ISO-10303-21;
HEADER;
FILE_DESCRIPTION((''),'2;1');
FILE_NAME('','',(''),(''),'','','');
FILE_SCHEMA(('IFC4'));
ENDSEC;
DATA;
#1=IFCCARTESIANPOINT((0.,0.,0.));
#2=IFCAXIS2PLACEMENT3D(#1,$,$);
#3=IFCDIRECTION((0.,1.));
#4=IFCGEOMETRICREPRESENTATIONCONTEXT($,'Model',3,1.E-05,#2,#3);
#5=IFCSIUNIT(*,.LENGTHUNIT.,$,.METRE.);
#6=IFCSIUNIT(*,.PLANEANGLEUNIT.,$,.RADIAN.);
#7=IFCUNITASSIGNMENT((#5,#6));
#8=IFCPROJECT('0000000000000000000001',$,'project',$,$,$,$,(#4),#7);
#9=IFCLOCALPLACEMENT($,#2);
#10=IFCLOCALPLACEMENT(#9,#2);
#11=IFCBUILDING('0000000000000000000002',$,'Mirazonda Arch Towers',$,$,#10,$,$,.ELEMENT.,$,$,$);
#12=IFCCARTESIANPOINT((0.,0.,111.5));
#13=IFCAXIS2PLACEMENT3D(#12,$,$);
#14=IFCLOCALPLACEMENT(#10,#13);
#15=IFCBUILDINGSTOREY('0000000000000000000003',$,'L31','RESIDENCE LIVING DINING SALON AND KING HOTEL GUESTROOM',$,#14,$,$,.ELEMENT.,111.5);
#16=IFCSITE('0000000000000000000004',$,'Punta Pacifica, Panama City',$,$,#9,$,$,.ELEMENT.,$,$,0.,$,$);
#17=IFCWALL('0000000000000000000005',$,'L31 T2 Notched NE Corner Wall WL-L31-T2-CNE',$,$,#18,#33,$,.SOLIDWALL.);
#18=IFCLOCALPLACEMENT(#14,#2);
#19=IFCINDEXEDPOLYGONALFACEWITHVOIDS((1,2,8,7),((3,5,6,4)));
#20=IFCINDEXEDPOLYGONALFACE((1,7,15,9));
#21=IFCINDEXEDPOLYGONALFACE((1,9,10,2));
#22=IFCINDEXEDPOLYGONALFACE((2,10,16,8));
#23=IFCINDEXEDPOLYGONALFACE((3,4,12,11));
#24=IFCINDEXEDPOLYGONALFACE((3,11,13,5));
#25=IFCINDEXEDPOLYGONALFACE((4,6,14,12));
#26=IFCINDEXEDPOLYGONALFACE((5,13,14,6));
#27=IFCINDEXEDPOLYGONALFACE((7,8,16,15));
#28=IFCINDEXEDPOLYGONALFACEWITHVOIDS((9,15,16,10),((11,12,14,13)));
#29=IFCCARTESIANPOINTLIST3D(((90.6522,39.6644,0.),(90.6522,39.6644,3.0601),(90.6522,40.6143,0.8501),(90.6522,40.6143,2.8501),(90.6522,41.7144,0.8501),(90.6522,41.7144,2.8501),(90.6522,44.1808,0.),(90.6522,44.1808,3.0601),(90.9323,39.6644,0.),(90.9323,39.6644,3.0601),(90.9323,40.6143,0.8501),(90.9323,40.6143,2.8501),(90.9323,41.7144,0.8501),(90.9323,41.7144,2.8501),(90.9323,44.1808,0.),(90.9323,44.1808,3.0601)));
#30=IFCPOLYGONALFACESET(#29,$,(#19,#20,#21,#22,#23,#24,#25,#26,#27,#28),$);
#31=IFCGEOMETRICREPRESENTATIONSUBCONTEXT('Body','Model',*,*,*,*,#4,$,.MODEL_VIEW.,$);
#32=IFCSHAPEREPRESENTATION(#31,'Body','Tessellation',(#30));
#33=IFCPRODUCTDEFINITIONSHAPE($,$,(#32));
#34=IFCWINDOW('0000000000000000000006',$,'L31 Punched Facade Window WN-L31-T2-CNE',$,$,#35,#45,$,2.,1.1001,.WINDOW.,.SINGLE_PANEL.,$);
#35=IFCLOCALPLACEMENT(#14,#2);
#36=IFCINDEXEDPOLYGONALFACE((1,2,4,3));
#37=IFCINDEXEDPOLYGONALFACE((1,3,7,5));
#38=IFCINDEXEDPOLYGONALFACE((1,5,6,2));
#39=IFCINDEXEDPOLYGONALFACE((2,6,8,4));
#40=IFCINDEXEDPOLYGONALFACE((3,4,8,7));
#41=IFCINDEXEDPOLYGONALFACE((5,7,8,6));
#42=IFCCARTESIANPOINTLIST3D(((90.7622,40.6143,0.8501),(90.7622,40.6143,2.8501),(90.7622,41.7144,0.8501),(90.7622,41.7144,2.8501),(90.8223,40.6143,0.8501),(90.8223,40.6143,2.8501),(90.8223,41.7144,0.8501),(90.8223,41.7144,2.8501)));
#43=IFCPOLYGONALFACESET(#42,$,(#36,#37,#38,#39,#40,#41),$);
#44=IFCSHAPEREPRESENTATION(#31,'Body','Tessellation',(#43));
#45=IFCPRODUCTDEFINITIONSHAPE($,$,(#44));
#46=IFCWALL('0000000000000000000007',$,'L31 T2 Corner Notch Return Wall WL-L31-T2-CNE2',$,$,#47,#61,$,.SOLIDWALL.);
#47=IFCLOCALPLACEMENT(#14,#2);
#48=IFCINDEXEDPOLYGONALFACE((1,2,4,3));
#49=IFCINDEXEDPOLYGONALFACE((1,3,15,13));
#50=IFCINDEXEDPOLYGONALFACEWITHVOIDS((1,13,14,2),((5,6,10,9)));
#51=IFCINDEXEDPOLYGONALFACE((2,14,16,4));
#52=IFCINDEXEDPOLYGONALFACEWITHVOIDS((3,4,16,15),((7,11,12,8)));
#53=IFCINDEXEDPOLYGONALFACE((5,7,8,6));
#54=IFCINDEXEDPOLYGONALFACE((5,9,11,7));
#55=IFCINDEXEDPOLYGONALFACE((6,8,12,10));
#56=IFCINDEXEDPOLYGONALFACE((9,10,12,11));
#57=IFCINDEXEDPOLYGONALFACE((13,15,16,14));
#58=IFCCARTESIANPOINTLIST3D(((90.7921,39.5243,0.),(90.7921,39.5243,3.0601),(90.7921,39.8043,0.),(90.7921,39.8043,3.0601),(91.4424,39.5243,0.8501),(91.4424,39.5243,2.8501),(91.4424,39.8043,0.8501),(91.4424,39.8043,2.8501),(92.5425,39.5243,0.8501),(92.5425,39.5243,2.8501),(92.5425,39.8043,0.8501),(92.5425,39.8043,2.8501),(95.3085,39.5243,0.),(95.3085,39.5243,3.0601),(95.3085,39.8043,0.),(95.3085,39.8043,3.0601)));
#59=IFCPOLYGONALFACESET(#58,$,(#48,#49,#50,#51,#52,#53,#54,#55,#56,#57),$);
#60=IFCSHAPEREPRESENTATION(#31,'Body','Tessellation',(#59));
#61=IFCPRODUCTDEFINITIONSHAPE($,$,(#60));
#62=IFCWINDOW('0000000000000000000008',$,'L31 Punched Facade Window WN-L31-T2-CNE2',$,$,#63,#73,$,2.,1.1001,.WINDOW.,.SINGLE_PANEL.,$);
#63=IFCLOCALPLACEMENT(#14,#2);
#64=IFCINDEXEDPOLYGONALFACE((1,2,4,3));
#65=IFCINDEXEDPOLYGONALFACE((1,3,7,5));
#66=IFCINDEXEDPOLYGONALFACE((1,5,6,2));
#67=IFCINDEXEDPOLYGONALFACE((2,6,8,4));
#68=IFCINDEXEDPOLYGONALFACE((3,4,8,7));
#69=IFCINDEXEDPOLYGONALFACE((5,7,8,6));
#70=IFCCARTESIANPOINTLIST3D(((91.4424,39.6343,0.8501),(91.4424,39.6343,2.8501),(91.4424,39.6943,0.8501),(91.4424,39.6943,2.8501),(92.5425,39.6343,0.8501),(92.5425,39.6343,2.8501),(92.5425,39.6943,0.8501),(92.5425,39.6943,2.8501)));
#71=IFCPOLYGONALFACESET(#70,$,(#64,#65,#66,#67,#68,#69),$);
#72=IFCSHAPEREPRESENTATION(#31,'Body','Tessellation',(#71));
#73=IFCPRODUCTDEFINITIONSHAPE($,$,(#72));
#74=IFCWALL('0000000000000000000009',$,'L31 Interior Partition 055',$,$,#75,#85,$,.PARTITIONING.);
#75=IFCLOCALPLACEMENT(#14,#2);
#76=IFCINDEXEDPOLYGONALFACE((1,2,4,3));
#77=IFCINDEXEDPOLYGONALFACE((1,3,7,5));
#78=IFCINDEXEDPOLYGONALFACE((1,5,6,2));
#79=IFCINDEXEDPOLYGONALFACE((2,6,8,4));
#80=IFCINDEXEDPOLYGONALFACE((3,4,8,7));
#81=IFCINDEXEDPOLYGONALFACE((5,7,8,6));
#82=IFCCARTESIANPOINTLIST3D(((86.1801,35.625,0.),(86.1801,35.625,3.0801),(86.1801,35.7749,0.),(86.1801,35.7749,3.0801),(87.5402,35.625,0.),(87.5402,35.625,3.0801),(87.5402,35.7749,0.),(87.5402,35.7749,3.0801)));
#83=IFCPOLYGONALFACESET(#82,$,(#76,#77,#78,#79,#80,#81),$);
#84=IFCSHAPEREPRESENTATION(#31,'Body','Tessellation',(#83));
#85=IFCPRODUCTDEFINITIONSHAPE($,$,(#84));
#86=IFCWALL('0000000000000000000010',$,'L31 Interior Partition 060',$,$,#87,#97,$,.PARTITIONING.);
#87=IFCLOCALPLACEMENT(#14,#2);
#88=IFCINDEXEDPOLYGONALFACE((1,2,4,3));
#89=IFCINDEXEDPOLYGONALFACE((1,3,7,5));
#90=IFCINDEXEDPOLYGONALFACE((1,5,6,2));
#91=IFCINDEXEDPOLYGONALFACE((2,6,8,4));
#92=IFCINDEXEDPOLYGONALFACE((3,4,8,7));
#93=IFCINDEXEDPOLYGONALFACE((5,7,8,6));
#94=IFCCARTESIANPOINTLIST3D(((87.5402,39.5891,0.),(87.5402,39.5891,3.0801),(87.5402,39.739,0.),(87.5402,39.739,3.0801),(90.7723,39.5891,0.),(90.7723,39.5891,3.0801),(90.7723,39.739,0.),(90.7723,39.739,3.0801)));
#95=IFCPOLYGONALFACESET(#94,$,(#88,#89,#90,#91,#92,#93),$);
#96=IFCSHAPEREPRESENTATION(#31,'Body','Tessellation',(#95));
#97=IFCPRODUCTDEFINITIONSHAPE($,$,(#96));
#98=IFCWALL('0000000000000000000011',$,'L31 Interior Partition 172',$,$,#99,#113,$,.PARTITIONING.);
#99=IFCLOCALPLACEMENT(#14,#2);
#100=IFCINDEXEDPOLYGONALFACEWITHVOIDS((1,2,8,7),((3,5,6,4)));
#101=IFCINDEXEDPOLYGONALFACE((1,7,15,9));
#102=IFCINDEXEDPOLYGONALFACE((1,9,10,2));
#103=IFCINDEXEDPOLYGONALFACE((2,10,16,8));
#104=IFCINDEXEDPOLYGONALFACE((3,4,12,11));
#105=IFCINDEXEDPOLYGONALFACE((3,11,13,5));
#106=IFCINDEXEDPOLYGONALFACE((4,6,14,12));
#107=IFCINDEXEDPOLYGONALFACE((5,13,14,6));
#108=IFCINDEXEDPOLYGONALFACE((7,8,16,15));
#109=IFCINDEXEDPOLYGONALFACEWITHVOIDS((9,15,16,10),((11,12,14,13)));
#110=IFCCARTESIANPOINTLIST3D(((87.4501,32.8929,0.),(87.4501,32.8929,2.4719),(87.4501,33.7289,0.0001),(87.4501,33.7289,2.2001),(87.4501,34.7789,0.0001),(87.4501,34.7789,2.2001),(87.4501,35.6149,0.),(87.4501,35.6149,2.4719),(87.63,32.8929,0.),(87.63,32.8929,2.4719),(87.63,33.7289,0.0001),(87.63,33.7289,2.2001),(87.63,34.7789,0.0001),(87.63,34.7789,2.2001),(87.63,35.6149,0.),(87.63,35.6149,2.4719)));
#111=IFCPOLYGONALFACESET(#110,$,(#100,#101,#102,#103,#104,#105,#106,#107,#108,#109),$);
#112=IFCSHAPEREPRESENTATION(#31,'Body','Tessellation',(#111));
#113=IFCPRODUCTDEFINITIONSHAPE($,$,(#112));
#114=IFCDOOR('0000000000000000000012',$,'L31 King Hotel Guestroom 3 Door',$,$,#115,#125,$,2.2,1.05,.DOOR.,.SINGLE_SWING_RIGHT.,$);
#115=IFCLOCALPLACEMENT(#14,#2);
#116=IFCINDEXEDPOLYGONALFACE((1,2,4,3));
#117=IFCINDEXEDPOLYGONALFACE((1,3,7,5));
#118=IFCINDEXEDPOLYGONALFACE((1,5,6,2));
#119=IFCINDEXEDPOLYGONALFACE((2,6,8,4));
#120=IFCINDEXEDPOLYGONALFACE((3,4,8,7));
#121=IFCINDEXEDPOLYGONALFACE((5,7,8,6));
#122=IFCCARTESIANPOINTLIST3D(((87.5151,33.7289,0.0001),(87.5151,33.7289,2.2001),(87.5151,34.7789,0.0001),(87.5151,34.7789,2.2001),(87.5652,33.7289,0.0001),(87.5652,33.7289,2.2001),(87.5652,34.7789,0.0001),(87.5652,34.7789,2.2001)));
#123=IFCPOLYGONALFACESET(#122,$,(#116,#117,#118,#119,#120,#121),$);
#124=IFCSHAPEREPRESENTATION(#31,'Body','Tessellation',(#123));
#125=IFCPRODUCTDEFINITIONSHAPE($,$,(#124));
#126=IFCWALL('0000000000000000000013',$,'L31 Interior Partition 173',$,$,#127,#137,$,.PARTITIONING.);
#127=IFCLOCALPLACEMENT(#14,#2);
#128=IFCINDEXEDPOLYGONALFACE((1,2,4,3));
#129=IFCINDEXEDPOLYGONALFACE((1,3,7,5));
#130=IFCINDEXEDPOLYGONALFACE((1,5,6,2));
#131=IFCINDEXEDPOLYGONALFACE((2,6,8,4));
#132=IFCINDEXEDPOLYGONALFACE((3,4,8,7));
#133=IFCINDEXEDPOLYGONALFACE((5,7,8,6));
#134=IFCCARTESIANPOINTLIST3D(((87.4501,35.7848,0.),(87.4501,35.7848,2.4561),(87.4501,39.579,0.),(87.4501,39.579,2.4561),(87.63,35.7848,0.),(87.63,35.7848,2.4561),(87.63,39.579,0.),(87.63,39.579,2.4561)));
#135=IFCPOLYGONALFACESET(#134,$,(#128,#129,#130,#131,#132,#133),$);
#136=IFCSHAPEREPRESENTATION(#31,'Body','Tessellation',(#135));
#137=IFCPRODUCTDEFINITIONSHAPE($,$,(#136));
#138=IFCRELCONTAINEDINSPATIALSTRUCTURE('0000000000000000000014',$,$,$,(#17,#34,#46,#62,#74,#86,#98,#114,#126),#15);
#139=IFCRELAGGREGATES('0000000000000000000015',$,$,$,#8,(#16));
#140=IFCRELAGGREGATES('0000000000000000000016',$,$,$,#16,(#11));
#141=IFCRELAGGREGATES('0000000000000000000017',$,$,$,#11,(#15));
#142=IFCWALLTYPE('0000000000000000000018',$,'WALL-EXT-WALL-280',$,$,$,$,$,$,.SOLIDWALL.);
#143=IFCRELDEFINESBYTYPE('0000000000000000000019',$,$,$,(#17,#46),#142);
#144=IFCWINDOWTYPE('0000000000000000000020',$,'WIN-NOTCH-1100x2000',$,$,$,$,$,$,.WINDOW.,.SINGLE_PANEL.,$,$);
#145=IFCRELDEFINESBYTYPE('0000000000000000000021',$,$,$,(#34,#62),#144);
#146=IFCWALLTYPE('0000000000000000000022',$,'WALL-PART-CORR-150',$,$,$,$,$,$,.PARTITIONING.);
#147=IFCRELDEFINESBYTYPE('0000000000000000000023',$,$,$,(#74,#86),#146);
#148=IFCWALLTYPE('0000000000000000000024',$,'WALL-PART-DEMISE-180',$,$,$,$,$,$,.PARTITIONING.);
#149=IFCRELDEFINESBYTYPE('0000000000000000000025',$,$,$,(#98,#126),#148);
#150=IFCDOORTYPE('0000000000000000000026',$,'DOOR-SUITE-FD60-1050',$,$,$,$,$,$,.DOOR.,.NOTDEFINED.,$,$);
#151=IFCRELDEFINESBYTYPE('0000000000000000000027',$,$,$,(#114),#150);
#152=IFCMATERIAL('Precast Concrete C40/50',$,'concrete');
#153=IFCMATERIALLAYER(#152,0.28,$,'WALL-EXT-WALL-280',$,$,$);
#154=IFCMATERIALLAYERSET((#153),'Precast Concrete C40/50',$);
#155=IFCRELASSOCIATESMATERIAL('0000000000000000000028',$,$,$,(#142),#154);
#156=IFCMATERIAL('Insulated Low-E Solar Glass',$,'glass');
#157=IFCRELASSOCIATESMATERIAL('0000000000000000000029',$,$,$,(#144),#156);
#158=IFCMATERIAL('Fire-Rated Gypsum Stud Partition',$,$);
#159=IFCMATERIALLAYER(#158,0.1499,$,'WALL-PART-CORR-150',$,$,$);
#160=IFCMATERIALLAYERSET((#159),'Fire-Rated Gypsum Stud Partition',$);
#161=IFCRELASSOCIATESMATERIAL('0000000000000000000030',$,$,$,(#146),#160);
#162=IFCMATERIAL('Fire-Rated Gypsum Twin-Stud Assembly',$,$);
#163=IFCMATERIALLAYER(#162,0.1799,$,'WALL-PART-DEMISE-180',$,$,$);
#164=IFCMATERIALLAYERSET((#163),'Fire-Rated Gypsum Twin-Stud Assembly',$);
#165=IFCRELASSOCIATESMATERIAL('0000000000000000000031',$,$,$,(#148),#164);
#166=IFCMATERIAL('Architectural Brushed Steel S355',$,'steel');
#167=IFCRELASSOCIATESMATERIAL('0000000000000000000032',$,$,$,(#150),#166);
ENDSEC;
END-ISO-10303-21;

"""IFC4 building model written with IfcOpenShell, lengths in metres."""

from ifc_helpers import new_model, si_unit, direction, frame, frame_2d, origin, place, context, subcontext, project, spatial, rectangle, extrude, material, layer, layer_set, type_object, element, fill, save


model = new_model("IFC4")

# Units and contexts
model_context = context("Model", 3, precision=1e-05, world=origin(), true_north=direction((0.0, 1.0)))
body_context = subcontext(model_context, "Body", "Model", "MODEL_VIEW")
ifc_project = project(units=[si_unit("LENGTHUNIT", "METRE"), si_unit("PLANEANGLEUNIT", "RADIAN")], contexts=[model_context])

# Site, building, storey
site_placement = place(None, origin())
site = spatial("IfcSite", under=ifc_project, at=site_placement, Name="Punta Pacifica, Panama City", CompositionType="ELEMENT", RefElevation=0.0)
building_placement = place(site_placement, origin())
building = spatial("IfcBuilding", under=site, at=building_placement, Name="Mirazonda Arch Towers", CompositionType="ELEMENT")
storey_placement = place(building_placement, frame((0.0, 0.0, 111.5)))
storey = spatial("IfcBuildingStorey", under=building, at=storey_placement, Name="L31", Description="RESIDENCE LIVING DINING SALON AND KING HOTEL GUESTROOM", CompositionType="ELEMENT", Elevation=111.5)

# Shared definitions
ifc_material_1 = material(Name="Insulated Low-E Solar Glass", Category="glass")

# Walls, openings, windows
ifc_material_2 = material(Name="Precast Concrete C40/50", Category="concrete")
ifc_layer_1 = layer(ifc_material_2, 0.28, Name="WALL-EXT-WALL-280")
ifc_layer_set_1 = layer_set([ifc_layer_1], Name="Precast Concrete C40/50")
wall_type_1 = type_object("IfcWallType", Name="WALL-EXT-WALL-280", PredefinedType="SOLIDWALL", material=ifc_layer_set_1)
wall_1_placement = place(storey_placement, frame((90.7922, 39.6643, 0.0), z_axis=(0.0, 0.0, 1.0), x_axis=(0.0, 1.0, 0.0)))
wall_1 = element("IfcWall", 1, at=wall_1_placement, inside=storey, type_object=wall_type_1, Name="L31 T2 Notched NE Corner Wall WL-L31-T2-CNE", PredefinedType="SOLIDWALL", context=body_context, shape_type="SweptSolid", body=[
    extrude(rectangle(XDim=4.5164, YDim=0.28, at=frame_2d((2.2583, 0.0))), origin(), (0.0, 0.0, 1.0), 3.0601),
])
opening_1_placement = place(wall_1_placement, frame((0.95, 0.0, 0.8501)))
opening_1 = element("IfcOpeningElement", 2, at=opening_1_placement, cuts=wall_1, PredefinedType="OPENING", context=body_context, shape_type="SweptSolid", body=[
    extrude(rectangle(XDim=1.1001, YDim=2.0, at=frame_2d((0.55, 1.0))), frame((0.0, 0.1499, 0.0), z_axis=(0.0, -1.0, 0.0), x_axis=(1.0, 0.0, 0.0)), (0.0, 0.0, 1.0), 0.3),
])
window_type = type_object("IfcWindowType", Name="WIN-NOTCH-1100x2000", PartitioningType="SINGLE_PANEL", PredefinedType="WINDOW", material=ifc_material_1)
window_1_placement = place(opening_1_placement, origin())
window_1 = element("IfcWindow", 3, at=window_1_placement, inside=storey, type_object=window_type, Name="L31 Punched Facade Window WN-L31-T2-CNE", OverallHeight=2.0, OverallWidth=1.1001, PartitioningType="SINGLE_PANEL", PredefinedType="WINDOW", context=body_context, shape_type="SweptSolid", body=[
    extrude(rectangle(XDim=1.1001, YDim=2.0, at=frame_2d((0.55, 1.0))), frame((0.0, 0.03, 0.0), z_axis=(0.0, -1.0, 0.0), x_axis=(1.0, 0.0, 0.0)), (0.0, 0.0, 1.0), 0.0601),
])
fill(opening_1, window_1)
wall_2_placement = place(storey_placement, frame((95.3086, 39.6643, 0.0), z_axis=(0.0, 0.0, 1.0), x_axis=(-1.0, 0.0, 0.0)))
wall_2 = element("IfcWall", 4, at=wall_2_placement, inside=storey, type_object=wall_type_1, Name="L31 T2 Corner Notch Return Wall WL-L31-T2-CNE2", PredefinedType="SOLIDWALL", context=body_context, shape_type="SweptSolid", body=[
    extrude(rectangle(XDim=4.5164, YDim=0.28, at=frame_2d((2.2583, 0.0))), origin(), (0.0, 0.0, 1.0), 3.0601),
])
opening_2_placement = place(wall_2_placement, frame((2.7661, 0.0, 0.8501)))
opening_2 = element("IfcOpeningElement", 5, at=opening_2_placement, cuts=wall_2, PredefinedType="OPENING", context=body_context, shape_type="SweptSolid", body=[
    extrude(rectangle(XDim=1.1001, YDim=2.0, at=frame_2d((0.55, 1.0))), frame((0.0, 0.1499, 0.0), z_axis=(0.0, -1.0, 0.0), x_axis=(1.0, 0.0, 0.0)), (0.0, 0.0, 1.0), 0.3),
])
window_2_placement = place(opening_2_placement, origin())
window_2 = element("IfcWindow", 6, at=window_2_placement, inside=storey, type_object=window_type, Name="L31 Punched Facade Window WN-L31-T2-CNE2", OverallHeight=2.0, OverallWidth=1.1001, PartitioningType="SINGLE_PANEL", PredefinedType="WINDOW", context=body_context, shape_type="SweptSolid", body=[
    extrude(rectangle(XDim=1.1001, YDim=2.0, at=frame_2d((0.55, 1.0))), frame((0.0, 0.03, 0.0), z_axis=(0.0, -1.0, 0.0), x_axis=(1.0, 0.0, 0.0)), (0.0, 0.0, 1.0), 0.0601),
])
fill(opening_2, window_2)

# Walls
ifc_material_3 = material(Name="Fire-Rated Gypsum Stud Partition")
ifc_layer_2 = layer(ifc_material_3, 0.1499, Name="WALL-PART-CORR-150")
ifc_layer_set_2 = layer_set([ifc_layer_2], Name="Fire-Rated Gypsum Stud Partition")
wall_type_2 = type_object("IfcWallType", Name="WALL-PART-CORR-150", PredefinedType="PARTITIONING", material=ifc_layer_set_2)
wall_3_placement = place(storey_placement, frame((86.1799, 35.7, 0.0), z_axis=(0.0, 0.0, 1.0), x_axis=(1.0, 0.0, 0.0)))
element("IfcWall", 7, at=wall_3_placement, inside=storey, type_object=wall_type_2, Name="L31 Interior Partition 055", PredefinedType="PARTITIONING", context=body_context, shape_type="SweptSolid", body=[
    extrude(rectangle(XDim=1.3601, YDim=0.1499, at=frame_2d((0.6802, 0.0))), origin(), (0.0, 0.0, 1.0), 3.0801),
])
wall_4_placement = place(storey_placement, frame((87.54, 39.6641, 0.0), z_axis=(0.0, 0.0, 1.0), x_axis=(1.0, 0.0, 0.0)))
element("IfcWall", 8, at=wall_4_placement, inside=storey, type_object=wall_type_2, Name="L31 Interior Partition 060", PredefinedType="PARTITIONING", context=body_context, shape_type="SweptSolid", body=[
    extrude(rectangle(XDim=3.2322, YDim=0.1499, at=frame_2d((1.6162, 0.0))), origin(), (0.0, 0.0, 1.0), 3.0801),
])

# Wall, opening, door
ifc_material_4 = material(Name="Fire-Rated Gypsum Twin-Stud Assembly")
ifc_layer_3 = layer(ifc_material_4, 0.1799, Name="WALL-PART-DEMISE-180")
ifc_layer_set_3 = layer_set([ifc_layer_3], Name="Fire-Rated Gypsum Twin-Stud Assembly")
wall_type_3 = type_object("IfcWallType", Name="WALL-PART-DEMISE-180", PredefinedType="PARTITIONING", material=ifc_layer_set_3)
wall_5_placement = place(storey_placement, frame((87.54, 32.8931, 0.0), z_axis=(0.0, 0.0, 1.0), x_axis=(0.0, 1.0, 0.0)))
wall_5 = element("IfcWall", 9, at=wall_5_placement, inside=storey, type_object=wall_type_3, Name="L31 Interior Partition 172", PredefinedType="PARTITIONING", context=body_context, shape_type="SweptSolid", body=[
    extrude(rectangle(XDim=2.7219, YDim=0.1799, at=frame_2d((1.3608, 0.0))), origin(), (0.0, 0.0, 1.0), 2.4719),
])
opening_3_placement = place(wall_5_placement, frame((0.8359, 0.0, 0.0)))
opening_3 = element("IfcOpeningElement", 10, at=opening_3_placement, cuts=wall_5, PredefinedType="OPENING", context=body_context, shape_type="SweptSolid", body=[
    extrude(rectangle(XDim=1.05, YDim=2.2, at=frame_2d((0.5249, 1.1001))), frame((0.0, 0.0999, 0.0), z_axis=(0.0, -1.0, 0.0), x_axis=(1.0, 0.0, 0.0)), (0.0, 0.0, 1.0), 0.2),
])
ifc_material_5 = material(Name="Architectural Brushed Steel S355", Category="steel")
door_type = type_object("IfcDoorType", Name="DOOR-SUITE-FD60-1050", OperationType="NOTDEFINED", PredefinedType="DOOR", material=ifc_material_5)
door_placement = place(opening_3_placement, origin())
door = element("IfcDoor", 11, at=door_placement, inside=storey, type_object=door_type, Name="L31 King Hotel Guestroom 3 Door", OperationType="SINGLE_SWING_RIGHT", OverallHeight=2.2, OverallWidth=1.05, PredefinedType="DOOR", context=body_context, shape_type="SweptSolid", body=[
    extrude(rectangle(XDim=1.05, YDim=2.2, at=frame_2d((0.5249, 1.1001))), frame((0.0, 0.0249, 0.0), z_axis=(0.0, -1.0, 0.0), x_axis=(1.0, 0.0, 0.0)), (0.0, 0.0, 1.0), 0.05),
])
fill(opening_3, door)

# Wall
wall_6_placement = place(storey_placement, frame((87.54, 35.7849, 0.0), z_axis=(0.0, 0.0, 1.0), x_axis=(0.0, 1.0, 0.0)))
element("IfcWall", 12, at=wall_6_placement, inside=storey, type_object=wall_type_3, Name="L31 Interior Partition 173", PredefinedType="PARTITIONING", context=body_context, shape_type="SweptSolid", body=[
    extrude(rectangle(XDim=3.7942, YDim=0.1799, at=frame_2d((1.897, 0.0))), origin(), (0.0, 0.0, 1.0), 2.4561),
])

save(model, "model.ifc")
